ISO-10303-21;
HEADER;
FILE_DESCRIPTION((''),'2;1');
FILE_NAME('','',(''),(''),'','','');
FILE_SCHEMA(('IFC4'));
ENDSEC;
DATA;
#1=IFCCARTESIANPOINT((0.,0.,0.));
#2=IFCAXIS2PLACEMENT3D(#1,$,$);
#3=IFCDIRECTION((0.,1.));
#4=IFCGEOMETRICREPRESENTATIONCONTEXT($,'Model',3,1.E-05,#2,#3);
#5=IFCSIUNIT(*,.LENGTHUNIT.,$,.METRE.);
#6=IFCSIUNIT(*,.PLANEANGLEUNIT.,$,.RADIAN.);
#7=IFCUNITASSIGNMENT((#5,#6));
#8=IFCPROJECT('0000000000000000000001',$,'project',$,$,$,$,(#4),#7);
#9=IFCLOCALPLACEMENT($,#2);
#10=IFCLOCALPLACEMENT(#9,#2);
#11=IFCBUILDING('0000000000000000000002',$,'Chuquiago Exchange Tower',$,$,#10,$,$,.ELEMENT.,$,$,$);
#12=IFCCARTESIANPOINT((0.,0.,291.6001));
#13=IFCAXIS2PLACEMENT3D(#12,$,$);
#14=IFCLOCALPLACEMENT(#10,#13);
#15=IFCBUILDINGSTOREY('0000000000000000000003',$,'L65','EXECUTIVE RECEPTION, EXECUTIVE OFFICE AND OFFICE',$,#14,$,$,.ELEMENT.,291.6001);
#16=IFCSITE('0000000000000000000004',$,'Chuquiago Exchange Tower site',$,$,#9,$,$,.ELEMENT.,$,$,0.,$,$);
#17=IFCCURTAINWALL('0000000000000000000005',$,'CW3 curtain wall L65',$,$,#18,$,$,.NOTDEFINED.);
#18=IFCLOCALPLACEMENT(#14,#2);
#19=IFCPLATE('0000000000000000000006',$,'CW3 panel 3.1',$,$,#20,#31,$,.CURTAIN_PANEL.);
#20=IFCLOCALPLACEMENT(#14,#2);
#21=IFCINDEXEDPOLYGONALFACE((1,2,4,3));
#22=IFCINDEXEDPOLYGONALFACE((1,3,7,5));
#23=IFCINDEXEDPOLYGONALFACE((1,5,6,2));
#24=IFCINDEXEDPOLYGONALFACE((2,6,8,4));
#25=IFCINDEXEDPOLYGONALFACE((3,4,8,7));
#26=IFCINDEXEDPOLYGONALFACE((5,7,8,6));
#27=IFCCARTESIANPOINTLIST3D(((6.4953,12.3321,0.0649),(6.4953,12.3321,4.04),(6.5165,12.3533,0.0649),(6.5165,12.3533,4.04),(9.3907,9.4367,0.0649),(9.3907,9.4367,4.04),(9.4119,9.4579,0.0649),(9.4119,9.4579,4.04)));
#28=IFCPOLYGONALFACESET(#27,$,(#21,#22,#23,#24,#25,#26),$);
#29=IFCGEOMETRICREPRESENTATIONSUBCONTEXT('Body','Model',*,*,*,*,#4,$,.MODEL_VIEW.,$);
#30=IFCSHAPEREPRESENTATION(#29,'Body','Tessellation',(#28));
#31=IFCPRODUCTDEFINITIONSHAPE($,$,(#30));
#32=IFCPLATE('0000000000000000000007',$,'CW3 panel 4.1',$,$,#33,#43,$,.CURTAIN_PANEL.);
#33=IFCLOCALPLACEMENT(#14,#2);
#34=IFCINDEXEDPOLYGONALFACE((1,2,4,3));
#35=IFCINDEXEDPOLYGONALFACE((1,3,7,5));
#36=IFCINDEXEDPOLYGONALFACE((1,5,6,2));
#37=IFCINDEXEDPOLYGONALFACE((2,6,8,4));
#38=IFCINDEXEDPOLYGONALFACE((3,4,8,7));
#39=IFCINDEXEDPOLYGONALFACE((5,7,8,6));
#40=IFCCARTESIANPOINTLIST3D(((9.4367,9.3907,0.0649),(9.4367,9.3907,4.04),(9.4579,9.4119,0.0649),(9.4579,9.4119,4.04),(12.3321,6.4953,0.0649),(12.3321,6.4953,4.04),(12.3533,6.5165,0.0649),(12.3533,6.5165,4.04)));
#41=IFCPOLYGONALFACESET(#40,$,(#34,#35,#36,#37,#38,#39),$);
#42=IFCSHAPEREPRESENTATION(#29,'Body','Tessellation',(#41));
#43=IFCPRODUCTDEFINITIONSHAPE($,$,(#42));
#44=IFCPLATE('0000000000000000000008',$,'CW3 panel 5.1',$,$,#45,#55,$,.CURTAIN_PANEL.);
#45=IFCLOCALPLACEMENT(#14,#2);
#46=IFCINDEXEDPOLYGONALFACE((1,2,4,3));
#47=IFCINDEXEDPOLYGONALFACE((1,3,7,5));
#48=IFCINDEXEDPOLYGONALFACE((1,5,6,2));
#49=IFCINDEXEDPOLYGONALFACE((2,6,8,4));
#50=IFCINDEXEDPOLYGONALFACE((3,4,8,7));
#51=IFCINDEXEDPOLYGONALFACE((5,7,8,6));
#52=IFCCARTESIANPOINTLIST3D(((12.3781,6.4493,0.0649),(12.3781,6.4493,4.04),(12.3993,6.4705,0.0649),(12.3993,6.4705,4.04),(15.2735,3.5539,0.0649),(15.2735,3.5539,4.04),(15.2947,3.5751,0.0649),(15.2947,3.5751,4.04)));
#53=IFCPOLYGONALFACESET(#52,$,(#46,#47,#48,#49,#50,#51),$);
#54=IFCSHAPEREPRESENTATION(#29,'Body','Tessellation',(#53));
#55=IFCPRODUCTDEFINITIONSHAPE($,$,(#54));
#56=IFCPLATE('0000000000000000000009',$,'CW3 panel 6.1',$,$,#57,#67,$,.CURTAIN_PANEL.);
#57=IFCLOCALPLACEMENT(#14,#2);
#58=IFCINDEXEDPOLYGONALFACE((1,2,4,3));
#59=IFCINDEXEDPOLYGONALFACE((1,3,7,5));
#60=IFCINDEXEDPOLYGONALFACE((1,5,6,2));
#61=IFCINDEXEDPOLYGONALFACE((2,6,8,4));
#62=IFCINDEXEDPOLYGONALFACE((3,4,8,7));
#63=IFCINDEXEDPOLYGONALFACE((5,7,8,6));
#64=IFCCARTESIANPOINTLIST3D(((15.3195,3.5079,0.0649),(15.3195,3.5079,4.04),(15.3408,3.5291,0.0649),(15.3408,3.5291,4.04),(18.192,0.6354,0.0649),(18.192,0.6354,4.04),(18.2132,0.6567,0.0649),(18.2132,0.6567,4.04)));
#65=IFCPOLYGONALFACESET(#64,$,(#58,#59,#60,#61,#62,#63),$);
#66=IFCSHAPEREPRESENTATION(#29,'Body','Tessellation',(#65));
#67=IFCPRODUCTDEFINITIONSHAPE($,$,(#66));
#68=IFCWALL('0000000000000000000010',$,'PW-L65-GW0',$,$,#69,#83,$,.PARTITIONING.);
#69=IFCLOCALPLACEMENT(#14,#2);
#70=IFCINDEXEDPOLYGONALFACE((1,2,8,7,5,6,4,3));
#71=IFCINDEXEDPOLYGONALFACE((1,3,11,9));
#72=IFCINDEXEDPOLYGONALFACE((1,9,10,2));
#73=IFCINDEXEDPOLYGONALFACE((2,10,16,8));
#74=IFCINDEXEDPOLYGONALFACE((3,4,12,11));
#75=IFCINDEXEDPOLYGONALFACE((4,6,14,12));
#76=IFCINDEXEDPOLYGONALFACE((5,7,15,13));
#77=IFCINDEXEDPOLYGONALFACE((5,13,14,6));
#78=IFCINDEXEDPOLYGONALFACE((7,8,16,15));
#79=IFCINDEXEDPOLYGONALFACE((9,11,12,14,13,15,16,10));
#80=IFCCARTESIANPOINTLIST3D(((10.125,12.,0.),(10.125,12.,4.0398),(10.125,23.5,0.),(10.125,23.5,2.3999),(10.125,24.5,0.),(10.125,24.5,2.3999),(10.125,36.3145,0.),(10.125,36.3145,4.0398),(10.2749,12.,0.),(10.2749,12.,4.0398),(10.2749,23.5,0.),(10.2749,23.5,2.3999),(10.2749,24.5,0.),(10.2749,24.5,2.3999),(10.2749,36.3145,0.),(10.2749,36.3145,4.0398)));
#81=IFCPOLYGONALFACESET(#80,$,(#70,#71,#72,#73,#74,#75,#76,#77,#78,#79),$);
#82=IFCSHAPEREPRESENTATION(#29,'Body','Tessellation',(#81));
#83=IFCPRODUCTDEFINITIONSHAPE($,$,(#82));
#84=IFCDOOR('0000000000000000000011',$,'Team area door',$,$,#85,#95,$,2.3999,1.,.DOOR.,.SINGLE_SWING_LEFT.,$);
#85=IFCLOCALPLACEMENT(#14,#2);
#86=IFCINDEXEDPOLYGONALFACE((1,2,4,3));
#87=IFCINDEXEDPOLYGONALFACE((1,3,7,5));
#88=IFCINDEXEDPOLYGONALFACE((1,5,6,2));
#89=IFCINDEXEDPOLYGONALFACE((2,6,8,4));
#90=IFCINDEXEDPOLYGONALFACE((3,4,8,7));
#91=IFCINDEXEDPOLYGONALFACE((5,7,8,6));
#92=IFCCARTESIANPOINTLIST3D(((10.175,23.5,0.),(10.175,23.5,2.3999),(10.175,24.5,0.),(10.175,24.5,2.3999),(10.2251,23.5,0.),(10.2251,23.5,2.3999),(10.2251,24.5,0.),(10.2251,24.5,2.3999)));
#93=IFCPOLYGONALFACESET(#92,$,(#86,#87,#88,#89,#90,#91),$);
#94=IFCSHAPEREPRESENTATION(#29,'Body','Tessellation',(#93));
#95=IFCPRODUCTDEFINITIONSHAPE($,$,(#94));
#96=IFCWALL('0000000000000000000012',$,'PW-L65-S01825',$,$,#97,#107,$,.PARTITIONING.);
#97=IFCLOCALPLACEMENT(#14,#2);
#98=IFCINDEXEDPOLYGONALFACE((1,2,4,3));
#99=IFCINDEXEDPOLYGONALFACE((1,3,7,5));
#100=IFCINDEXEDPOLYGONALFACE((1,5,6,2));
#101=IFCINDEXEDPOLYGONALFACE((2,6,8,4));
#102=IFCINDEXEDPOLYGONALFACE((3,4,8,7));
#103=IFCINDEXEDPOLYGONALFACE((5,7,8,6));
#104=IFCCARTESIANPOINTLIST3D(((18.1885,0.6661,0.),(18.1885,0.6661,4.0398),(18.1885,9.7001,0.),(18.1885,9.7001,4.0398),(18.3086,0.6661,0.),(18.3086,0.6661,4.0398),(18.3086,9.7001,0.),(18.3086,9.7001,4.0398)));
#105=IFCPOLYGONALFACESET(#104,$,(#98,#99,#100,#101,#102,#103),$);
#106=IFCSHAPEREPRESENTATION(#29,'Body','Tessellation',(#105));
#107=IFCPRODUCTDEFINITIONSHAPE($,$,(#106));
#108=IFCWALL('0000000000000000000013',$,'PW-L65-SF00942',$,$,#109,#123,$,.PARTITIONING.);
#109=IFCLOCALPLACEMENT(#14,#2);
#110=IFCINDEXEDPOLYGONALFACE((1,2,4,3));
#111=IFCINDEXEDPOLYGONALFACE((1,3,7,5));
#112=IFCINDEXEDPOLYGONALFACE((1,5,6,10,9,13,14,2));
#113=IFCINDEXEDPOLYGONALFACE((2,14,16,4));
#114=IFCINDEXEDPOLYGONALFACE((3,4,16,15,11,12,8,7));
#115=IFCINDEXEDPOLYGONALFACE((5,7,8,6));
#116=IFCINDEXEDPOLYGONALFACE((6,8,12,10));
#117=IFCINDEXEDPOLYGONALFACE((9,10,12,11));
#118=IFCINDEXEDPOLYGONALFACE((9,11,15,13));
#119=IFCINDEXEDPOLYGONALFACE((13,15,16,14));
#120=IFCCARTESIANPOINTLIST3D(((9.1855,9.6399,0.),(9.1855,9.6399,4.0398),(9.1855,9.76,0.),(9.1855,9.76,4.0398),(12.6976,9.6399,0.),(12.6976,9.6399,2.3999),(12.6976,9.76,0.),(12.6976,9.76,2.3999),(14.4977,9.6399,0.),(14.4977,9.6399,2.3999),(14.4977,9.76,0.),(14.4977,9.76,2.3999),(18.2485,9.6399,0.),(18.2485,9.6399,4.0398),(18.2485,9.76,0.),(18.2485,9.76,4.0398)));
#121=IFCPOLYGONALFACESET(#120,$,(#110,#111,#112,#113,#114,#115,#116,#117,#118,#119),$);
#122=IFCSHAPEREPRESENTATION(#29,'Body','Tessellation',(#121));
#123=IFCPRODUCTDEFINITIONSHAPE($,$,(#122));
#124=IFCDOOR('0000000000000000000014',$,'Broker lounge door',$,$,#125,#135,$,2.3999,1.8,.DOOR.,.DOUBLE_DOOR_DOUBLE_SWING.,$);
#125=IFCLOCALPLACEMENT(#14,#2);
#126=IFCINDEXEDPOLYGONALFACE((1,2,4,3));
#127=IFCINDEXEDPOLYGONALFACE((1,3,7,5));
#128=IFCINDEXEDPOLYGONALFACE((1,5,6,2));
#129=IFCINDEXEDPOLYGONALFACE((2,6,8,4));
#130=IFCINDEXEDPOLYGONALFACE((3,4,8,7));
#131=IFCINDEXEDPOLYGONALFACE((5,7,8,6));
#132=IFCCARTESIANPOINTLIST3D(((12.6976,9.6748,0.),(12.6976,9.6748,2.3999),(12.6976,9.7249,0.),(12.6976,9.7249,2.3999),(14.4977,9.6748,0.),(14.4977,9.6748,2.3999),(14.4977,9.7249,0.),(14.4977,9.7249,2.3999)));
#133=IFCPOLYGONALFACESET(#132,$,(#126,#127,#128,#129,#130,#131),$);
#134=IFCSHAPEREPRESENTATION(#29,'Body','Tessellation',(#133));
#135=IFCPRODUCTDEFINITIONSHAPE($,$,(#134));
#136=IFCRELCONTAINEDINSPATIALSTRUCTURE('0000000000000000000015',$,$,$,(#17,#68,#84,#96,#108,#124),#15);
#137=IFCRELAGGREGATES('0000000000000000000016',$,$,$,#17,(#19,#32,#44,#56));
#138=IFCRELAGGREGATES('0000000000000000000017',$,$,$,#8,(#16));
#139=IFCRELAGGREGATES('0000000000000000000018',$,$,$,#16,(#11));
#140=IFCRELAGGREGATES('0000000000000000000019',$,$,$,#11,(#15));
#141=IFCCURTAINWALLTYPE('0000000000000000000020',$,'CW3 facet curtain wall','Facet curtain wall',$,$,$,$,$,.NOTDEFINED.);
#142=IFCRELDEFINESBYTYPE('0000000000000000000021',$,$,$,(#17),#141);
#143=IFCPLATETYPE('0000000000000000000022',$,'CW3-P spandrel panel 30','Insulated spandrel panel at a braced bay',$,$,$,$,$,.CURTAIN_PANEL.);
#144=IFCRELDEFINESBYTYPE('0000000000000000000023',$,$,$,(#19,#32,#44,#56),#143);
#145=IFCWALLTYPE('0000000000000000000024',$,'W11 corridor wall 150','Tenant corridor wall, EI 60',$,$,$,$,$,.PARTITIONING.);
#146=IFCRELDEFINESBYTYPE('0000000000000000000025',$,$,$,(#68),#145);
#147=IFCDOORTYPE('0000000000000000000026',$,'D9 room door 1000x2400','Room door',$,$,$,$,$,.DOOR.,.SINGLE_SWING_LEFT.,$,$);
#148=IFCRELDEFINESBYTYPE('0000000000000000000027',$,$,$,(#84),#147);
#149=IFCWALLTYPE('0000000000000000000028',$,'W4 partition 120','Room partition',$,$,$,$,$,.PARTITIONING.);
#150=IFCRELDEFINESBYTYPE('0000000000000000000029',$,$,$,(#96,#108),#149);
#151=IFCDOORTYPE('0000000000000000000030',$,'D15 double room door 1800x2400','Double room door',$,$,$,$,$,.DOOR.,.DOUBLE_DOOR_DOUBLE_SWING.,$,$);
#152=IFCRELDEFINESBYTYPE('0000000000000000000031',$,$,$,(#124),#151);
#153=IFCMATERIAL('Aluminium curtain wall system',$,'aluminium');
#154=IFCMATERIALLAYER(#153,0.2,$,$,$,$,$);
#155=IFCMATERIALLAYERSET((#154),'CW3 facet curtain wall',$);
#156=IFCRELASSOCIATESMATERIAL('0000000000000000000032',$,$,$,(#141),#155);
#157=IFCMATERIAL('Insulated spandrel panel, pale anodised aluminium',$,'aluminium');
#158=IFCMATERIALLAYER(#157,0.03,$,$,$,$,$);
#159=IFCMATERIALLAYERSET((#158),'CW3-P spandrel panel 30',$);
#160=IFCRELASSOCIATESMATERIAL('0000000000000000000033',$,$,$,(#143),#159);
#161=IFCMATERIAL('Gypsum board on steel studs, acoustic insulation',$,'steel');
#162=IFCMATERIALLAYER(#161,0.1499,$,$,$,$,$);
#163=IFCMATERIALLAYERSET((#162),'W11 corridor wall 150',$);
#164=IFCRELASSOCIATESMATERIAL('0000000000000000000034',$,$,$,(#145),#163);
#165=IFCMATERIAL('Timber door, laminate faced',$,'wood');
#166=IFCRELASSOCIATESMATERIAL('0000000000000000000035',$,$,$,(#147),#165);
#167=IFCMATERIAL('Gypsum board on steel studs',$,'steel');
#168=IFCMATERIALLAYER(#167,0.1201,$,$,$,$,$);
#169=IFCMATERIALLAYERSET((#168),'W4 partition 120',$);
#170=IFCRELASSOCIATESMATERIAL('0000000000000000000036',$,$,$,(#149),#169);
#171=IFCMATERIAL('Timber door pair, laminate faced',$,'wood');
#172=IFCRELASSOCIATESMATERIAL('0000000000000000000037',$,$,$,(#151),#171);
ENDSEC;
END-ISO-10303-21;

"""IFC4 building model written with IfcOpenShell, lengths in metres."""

from ifc_helpers import new_model, si_unit, direction, frame, frame_2d, origin, origin_2d, place, context, subcontext, project, spatial, rectangle, extrude, material, layer, layer_set, type_object, element, fill, aggregate, save


model = new_model("IFC4")

# Units and contexts
model_context = context("Model", 3, precision=1e-05, world=origin(), true_north=direction((0.0, 1.0)))
body_context = subcontext(model_context, "Body", "Model", "MODEL_VIEW")
ifc_project = project(units=[si_unit("LENGTHUNIT", "METRE"), si_unit("PLANEANGLEUNIT", "RADIAN")], contexts=[model_context])

# Site, building, storey
site_placement = place(None, origin())
site = spatial("IfcSite", under=ifc_project, at=site_placement, Name="Chuquiago Exchange Tower site", CompositionType="ELEMENT", RefElevation=0.0)
building_placement = place(site_placement, origin())
building = spatial("IfcBuilding", under=site, at=building_placement, Name="Chuquiago Exchange Tower", CompositionType="ELEMENT")
storey_placement = place(building_placement, frame((0.0, 0.0, 291.6001)))
storey = spatial("IfcBuildingStorey", under=building, at=storey_placement, Name="L65", Description="EXECUTIVE RECEPTION, EXECUTIVE OFFICE AND OFFICE", CompositionType="ELEMENT", Elevation=291.6001)

# Curtain wall
ifc_material_1 = material(Name="Aluminium curtain wall system", Category="aluminium")
ifc_layer_1 = layer(ifc_material_1, 0.2)
ifc_layer_set_1 = layer_set([ifc_layer_1], Name="CW3 facet curtain wall")
curtain_wall_type = type_object("IfcCurtainWallType", Name="CW3 facet curtain wall", Description="Facet curtain wall", PredefinedType="NOTDEFINED", material=ifc_layer_set_1)
curtain_wall_placement = place(storey_placement, origin())
curtain_wall = element("IfcCurtainWall", 1, at=curtain_wall_placement, inside=storey, type_object=curtain_wall_type, Name="CW3 curtain wall L65", PredefinedType="NOTDEFINED")

# Plates
ifc_material_2 = material(Name="Insulated spandrel panel, pale anodised aluminium", Category="aluminium")
ifc_layer_2 = layer(ifc_material_2, 0.03)
ifc_layer_set_2 = layer_set([ifc_layer_2], Name="CW3-P spandrel panel 30")
plate_type = type_object("IfcPlateType", Name="CW3-P spandrel panel 30", Description="Insulated spandrel panel at a braced bay", PredefinedType="CURTAIN_PANEL", material=ifc_layer_set_2)
plate_1_placement = place(storey_placement, frame((7.9536, 10.895, 0.0649), z_axis=(0.0, 0.0, 1.0), x_axis=(0.707107, -0.707107, 0.0)))
plate_1 = element("IfcPlate", 2, at=plate_1_placement, type_object=plate_type, Name="CW3 panel 3.1", PredefinedType="CURTAIN_PANEL", context=body_context, shape_type="SweptSolid", body=[
    extrude(rectangle(XDim=4.0947, YDim=0.03, at=origin_2d()), origin(), (0.0, 0.0, 1.0), 3.9751),
])
plate_2_placement = place(storey_placement, frame((10.895, 7.9536, 0.0649), z_axis=(0.0, 0.0, 1.0), x_axis=(0.707107, -0.707107, 0.0)))
plate_2 = element("IfcPlate", 3, at=plate_2_placement, type_object=plate_type, Name="CW3 panel 4.1", PredefinedType="CURTAIN_PANEL", context=body_context, shape_type="SweptSolid", body=[
    extrude(rectangle(XDim=4.0947, YDim=0.03, at=origin_2d()), origin(), (0.0, 0.0, 1.0), 3.9751),
])
plate_3_placement = place(storey_placement, frame((13.8364, 5.0122, 0.0649), z_axis=(0.0, 0.0, 1.0), x_axis=(0.707107, -0.707107, 0.0)))
plate_3 = element("IfcPlate", 4, at=plate_3_placement, type_object=plate_type, Name="CW3 panel 5.1", PredefinedType="CURTAIN_PANEL", context=body_context, shape_type="SweptSolid", body=[
    extrude(rectangle(XDim=4.0947, YDim=0.03, at=origin_2d()), origin(), (0.0, 0.0, 1.0), 3.9751),
])
plate_4_placement = place(storey_placement, frame((16.7664, 2.0823, 0.0649), z_axis=(0.0, 0.0, 1.0), x_axis=(0.707107, -0.707107, 0.0)))
plate_4 = element("IfcPlate", 5, at=plate_4_placement, type_object=plate_type, Name="CW3 panel 6.1", PredefinedType="CURTAIN_PANEL", context=body_context, shape_type="SweptSolid", body=[
    extrude(rectangle(XDim=4.0623, YDim=0.03, at=origin_2d()), origin(), (0.0, 0.0, 1.0), 3.9751),
])
aggregate(curtain_wall, [plate_1, plate_2, plate_3, plate_4])

# Wall, opening, door
ifc_material_3 = material(Name="Gypsum board on steel studs, acoustic insulation", Category="steel")
ifc_layer_3 = layer(ifc_material_3, 0.1499)
ifc_layer_set_3 = layer_set([ifc_layer_3], Name="W11 corridor wall 150")
wall_type_1 = type_object("IfcWallType", Name="W11 corridor wall 150", Description="Tenant corridor wall, EI 60", PredefinedType="PARTITIONING", material=ifc_layer_set_3)
wall_1_placement = place(storey_placement, frame((10.2, 12.0, 0.0), z_axis=(0.0, 0.0, 1.0), x_axis=(0.0, 1.0, 0.0)))
wall_1 = element("IfcWall", 6, at=wall_1_placement, inside=storey, type_object=wall_type_1, Name="PW-L65-GW0", PredefinedType="PARTITIONING", context=body_context, shape_type="SweptSolid", body=[
    extrude(rectangle(XDim=24.3145, YDim=0.1499, at=frame_2d((12.1572, 0.0))), origin(), (0.0, 0.0, 1.0), 4.0398),
])
opening_1_placement = place(wall_1_placement, frame((11.5, 0.0, 0.0)))
opening_1 = element("IfcOpeningElement", 7, at=opening_1_placement, cuts=wall_1, PredefinedType="OPENING", context=body_context, shape_type="SweptSolid", body=[
    extrude(rectangle(XDim=1.0, YDim=2.3999, at=frame_2d((0.5, 1.2))), frame((0.0, 0.085, 0.0), z_axis=(0.0, -1.0, 0.0), x_axis=(1.0, 0.0, 0.0)), (0.0, 0.0, 1.0), 0.1699),
])
ifc_material_4 = material(Name="Timber door, laminate faced", Category="wood")
door_type_1 = type_object("IfcDoorType", Name="D9 room door 1000x2400", Description="Room door", OperationType="SINGLE_SWING_LEFT", PredefinedType="DOOR", material=ifc_material_4)
door_1_placement = place(opening_1_placement, origin())
door_1 = element("IfcDoor", 8, at=door_1_placement, inside=storey, type_object=door_type_1, Name="Team area door", OperationType="SINGLE_SWING_LEFT", OverallHeight=2.3999, OverallWidth=1.0, PredefinedType="DOOR", context=body_context, shape_type="SweptSolid", body=[
    extrude(rectangle(XDim=1.0, YDim=2.3999, at=frame_2d((0.5, 1.2))), frame((0.0, 0.0249, 0.0), z_axis=(0.0, -1.0, 0.0), x_axis=(1.0, 0.0, 0.0)), (0.0, 0.0, 1.0), 0.05),
])
fill(opening_1, door_1)

# Wall
ifc_material_5 = material(Name="Gypsum board on steel studs", Category="steel")
ifc_layer_4 = layer(ifc_material_5, 0.1201)
ifc_layer_set_4 = layer_set([ifc_layer_4], Name="W4 partition 120")
wall_type_2 = type_object("IfcWallType", Name="W4 partition 120", Description="Room partition", PredefinedType="PARTITIONING", material=ifc_layer_set_4)
wall_2_placement = place(storey_placement, frame((18.2485, 0.666, 0.0), z_axis=(0.0, 0.0, 1.0), x_axis=(0.0, 1.0, 0.0)))
element("IfcWall", 9, at=wall_2_placement, inside=storey, type_object=wall_type_2, Name="PW-L65-S01825", PredefinedType="PARTITIONING", context=body_context, shape_type="SweptSolid", body=[
    extrude(rectangle(XDim=9.0339, YDim=0.1201, at=frame_2d((4.5171, 0.0))), origin(), (0.0, 0.0, 1.0), 4.0398),
])

# Wall, opening, door
wall_3_placement = place(storey_placement, frame((9.1855, 9.7, 0.0), z_axis=(0.0, 0.0, 1.0), x_axis=(1.0, 0.0, 0.0)))
wall_3 = element("IfcWall", 10, at=wall_3_placement, inside=storey, type_object=wall_type_2, Name="PW-L65-SF00942", PredefinedType="PARTITIONING", context=body_context, shape_type="SweptSolid", body=[
    extrude(rectangle(XDim=9.063, YDim=0.1201, at=frame_2d((4.5315, 0.0))), origin(), (0.0, 0.0, 1.0), 4.0398),
])
opening_2_placement = place(wall_3_placement, frame((3.5122, 0.0, 0.0)))
opening_2 = element("IfcOpeningElement", 11, at=opening_2_placement, cuts=wall_3, PredefinedType="OPENING", context=body_context, shape_type="SweptSolid", body=[
    extrude(rectangle(XDim=1.8, YDim=2.3999, at=frame_2d((0.8999, 1.2))), frame((0.0, 0.0701, 0.0), z_axis=(0.0, -1.0, 0.0), x_axis=(1.0, 0.0, 0.0)), (0.0, 0.0, 1.0), 0.1401),
])
ifc_material_6 = material(Name="Timber door pair, laminate faced", Category="wood")
door_type_2 = type_object("IfcDoorType", Name="D15 double room door 1800x2400", Description="Double room door", OperationType="DOUBLE_DOOR_DOUBLE_SWING", PredefinedType="DOOR", material=ifc_material_6)
door_2_placement = place(opening_2_placement, origin())
door_2 = element("IfcDoor", 12, at=door_2_placement, inside=storey, type_object=door_type_2, Name="Broker lounge door", OperationType="DOUBLE_DOOR_DOUBLE_SWING", OverallHeight=2.3999, OverallWidth=1.8, PredefinedType="DOOR", context=body_context, shape_type="SweptSolid", body=[
    extrude(rectangle(XDim=1.8, YDim=2.3999, at=frame_2d((0.8999, 1.2))), frame((0.0, 0.0249, 0.0), z_axis=(0.0, -1.0, 0.0), x_axis=(1.0, 0.0, 0.0)), (0.0, 0.0, 1.0), 0.05),
])
fill(opening_2, door_2)

save(model, "model.ifc")
